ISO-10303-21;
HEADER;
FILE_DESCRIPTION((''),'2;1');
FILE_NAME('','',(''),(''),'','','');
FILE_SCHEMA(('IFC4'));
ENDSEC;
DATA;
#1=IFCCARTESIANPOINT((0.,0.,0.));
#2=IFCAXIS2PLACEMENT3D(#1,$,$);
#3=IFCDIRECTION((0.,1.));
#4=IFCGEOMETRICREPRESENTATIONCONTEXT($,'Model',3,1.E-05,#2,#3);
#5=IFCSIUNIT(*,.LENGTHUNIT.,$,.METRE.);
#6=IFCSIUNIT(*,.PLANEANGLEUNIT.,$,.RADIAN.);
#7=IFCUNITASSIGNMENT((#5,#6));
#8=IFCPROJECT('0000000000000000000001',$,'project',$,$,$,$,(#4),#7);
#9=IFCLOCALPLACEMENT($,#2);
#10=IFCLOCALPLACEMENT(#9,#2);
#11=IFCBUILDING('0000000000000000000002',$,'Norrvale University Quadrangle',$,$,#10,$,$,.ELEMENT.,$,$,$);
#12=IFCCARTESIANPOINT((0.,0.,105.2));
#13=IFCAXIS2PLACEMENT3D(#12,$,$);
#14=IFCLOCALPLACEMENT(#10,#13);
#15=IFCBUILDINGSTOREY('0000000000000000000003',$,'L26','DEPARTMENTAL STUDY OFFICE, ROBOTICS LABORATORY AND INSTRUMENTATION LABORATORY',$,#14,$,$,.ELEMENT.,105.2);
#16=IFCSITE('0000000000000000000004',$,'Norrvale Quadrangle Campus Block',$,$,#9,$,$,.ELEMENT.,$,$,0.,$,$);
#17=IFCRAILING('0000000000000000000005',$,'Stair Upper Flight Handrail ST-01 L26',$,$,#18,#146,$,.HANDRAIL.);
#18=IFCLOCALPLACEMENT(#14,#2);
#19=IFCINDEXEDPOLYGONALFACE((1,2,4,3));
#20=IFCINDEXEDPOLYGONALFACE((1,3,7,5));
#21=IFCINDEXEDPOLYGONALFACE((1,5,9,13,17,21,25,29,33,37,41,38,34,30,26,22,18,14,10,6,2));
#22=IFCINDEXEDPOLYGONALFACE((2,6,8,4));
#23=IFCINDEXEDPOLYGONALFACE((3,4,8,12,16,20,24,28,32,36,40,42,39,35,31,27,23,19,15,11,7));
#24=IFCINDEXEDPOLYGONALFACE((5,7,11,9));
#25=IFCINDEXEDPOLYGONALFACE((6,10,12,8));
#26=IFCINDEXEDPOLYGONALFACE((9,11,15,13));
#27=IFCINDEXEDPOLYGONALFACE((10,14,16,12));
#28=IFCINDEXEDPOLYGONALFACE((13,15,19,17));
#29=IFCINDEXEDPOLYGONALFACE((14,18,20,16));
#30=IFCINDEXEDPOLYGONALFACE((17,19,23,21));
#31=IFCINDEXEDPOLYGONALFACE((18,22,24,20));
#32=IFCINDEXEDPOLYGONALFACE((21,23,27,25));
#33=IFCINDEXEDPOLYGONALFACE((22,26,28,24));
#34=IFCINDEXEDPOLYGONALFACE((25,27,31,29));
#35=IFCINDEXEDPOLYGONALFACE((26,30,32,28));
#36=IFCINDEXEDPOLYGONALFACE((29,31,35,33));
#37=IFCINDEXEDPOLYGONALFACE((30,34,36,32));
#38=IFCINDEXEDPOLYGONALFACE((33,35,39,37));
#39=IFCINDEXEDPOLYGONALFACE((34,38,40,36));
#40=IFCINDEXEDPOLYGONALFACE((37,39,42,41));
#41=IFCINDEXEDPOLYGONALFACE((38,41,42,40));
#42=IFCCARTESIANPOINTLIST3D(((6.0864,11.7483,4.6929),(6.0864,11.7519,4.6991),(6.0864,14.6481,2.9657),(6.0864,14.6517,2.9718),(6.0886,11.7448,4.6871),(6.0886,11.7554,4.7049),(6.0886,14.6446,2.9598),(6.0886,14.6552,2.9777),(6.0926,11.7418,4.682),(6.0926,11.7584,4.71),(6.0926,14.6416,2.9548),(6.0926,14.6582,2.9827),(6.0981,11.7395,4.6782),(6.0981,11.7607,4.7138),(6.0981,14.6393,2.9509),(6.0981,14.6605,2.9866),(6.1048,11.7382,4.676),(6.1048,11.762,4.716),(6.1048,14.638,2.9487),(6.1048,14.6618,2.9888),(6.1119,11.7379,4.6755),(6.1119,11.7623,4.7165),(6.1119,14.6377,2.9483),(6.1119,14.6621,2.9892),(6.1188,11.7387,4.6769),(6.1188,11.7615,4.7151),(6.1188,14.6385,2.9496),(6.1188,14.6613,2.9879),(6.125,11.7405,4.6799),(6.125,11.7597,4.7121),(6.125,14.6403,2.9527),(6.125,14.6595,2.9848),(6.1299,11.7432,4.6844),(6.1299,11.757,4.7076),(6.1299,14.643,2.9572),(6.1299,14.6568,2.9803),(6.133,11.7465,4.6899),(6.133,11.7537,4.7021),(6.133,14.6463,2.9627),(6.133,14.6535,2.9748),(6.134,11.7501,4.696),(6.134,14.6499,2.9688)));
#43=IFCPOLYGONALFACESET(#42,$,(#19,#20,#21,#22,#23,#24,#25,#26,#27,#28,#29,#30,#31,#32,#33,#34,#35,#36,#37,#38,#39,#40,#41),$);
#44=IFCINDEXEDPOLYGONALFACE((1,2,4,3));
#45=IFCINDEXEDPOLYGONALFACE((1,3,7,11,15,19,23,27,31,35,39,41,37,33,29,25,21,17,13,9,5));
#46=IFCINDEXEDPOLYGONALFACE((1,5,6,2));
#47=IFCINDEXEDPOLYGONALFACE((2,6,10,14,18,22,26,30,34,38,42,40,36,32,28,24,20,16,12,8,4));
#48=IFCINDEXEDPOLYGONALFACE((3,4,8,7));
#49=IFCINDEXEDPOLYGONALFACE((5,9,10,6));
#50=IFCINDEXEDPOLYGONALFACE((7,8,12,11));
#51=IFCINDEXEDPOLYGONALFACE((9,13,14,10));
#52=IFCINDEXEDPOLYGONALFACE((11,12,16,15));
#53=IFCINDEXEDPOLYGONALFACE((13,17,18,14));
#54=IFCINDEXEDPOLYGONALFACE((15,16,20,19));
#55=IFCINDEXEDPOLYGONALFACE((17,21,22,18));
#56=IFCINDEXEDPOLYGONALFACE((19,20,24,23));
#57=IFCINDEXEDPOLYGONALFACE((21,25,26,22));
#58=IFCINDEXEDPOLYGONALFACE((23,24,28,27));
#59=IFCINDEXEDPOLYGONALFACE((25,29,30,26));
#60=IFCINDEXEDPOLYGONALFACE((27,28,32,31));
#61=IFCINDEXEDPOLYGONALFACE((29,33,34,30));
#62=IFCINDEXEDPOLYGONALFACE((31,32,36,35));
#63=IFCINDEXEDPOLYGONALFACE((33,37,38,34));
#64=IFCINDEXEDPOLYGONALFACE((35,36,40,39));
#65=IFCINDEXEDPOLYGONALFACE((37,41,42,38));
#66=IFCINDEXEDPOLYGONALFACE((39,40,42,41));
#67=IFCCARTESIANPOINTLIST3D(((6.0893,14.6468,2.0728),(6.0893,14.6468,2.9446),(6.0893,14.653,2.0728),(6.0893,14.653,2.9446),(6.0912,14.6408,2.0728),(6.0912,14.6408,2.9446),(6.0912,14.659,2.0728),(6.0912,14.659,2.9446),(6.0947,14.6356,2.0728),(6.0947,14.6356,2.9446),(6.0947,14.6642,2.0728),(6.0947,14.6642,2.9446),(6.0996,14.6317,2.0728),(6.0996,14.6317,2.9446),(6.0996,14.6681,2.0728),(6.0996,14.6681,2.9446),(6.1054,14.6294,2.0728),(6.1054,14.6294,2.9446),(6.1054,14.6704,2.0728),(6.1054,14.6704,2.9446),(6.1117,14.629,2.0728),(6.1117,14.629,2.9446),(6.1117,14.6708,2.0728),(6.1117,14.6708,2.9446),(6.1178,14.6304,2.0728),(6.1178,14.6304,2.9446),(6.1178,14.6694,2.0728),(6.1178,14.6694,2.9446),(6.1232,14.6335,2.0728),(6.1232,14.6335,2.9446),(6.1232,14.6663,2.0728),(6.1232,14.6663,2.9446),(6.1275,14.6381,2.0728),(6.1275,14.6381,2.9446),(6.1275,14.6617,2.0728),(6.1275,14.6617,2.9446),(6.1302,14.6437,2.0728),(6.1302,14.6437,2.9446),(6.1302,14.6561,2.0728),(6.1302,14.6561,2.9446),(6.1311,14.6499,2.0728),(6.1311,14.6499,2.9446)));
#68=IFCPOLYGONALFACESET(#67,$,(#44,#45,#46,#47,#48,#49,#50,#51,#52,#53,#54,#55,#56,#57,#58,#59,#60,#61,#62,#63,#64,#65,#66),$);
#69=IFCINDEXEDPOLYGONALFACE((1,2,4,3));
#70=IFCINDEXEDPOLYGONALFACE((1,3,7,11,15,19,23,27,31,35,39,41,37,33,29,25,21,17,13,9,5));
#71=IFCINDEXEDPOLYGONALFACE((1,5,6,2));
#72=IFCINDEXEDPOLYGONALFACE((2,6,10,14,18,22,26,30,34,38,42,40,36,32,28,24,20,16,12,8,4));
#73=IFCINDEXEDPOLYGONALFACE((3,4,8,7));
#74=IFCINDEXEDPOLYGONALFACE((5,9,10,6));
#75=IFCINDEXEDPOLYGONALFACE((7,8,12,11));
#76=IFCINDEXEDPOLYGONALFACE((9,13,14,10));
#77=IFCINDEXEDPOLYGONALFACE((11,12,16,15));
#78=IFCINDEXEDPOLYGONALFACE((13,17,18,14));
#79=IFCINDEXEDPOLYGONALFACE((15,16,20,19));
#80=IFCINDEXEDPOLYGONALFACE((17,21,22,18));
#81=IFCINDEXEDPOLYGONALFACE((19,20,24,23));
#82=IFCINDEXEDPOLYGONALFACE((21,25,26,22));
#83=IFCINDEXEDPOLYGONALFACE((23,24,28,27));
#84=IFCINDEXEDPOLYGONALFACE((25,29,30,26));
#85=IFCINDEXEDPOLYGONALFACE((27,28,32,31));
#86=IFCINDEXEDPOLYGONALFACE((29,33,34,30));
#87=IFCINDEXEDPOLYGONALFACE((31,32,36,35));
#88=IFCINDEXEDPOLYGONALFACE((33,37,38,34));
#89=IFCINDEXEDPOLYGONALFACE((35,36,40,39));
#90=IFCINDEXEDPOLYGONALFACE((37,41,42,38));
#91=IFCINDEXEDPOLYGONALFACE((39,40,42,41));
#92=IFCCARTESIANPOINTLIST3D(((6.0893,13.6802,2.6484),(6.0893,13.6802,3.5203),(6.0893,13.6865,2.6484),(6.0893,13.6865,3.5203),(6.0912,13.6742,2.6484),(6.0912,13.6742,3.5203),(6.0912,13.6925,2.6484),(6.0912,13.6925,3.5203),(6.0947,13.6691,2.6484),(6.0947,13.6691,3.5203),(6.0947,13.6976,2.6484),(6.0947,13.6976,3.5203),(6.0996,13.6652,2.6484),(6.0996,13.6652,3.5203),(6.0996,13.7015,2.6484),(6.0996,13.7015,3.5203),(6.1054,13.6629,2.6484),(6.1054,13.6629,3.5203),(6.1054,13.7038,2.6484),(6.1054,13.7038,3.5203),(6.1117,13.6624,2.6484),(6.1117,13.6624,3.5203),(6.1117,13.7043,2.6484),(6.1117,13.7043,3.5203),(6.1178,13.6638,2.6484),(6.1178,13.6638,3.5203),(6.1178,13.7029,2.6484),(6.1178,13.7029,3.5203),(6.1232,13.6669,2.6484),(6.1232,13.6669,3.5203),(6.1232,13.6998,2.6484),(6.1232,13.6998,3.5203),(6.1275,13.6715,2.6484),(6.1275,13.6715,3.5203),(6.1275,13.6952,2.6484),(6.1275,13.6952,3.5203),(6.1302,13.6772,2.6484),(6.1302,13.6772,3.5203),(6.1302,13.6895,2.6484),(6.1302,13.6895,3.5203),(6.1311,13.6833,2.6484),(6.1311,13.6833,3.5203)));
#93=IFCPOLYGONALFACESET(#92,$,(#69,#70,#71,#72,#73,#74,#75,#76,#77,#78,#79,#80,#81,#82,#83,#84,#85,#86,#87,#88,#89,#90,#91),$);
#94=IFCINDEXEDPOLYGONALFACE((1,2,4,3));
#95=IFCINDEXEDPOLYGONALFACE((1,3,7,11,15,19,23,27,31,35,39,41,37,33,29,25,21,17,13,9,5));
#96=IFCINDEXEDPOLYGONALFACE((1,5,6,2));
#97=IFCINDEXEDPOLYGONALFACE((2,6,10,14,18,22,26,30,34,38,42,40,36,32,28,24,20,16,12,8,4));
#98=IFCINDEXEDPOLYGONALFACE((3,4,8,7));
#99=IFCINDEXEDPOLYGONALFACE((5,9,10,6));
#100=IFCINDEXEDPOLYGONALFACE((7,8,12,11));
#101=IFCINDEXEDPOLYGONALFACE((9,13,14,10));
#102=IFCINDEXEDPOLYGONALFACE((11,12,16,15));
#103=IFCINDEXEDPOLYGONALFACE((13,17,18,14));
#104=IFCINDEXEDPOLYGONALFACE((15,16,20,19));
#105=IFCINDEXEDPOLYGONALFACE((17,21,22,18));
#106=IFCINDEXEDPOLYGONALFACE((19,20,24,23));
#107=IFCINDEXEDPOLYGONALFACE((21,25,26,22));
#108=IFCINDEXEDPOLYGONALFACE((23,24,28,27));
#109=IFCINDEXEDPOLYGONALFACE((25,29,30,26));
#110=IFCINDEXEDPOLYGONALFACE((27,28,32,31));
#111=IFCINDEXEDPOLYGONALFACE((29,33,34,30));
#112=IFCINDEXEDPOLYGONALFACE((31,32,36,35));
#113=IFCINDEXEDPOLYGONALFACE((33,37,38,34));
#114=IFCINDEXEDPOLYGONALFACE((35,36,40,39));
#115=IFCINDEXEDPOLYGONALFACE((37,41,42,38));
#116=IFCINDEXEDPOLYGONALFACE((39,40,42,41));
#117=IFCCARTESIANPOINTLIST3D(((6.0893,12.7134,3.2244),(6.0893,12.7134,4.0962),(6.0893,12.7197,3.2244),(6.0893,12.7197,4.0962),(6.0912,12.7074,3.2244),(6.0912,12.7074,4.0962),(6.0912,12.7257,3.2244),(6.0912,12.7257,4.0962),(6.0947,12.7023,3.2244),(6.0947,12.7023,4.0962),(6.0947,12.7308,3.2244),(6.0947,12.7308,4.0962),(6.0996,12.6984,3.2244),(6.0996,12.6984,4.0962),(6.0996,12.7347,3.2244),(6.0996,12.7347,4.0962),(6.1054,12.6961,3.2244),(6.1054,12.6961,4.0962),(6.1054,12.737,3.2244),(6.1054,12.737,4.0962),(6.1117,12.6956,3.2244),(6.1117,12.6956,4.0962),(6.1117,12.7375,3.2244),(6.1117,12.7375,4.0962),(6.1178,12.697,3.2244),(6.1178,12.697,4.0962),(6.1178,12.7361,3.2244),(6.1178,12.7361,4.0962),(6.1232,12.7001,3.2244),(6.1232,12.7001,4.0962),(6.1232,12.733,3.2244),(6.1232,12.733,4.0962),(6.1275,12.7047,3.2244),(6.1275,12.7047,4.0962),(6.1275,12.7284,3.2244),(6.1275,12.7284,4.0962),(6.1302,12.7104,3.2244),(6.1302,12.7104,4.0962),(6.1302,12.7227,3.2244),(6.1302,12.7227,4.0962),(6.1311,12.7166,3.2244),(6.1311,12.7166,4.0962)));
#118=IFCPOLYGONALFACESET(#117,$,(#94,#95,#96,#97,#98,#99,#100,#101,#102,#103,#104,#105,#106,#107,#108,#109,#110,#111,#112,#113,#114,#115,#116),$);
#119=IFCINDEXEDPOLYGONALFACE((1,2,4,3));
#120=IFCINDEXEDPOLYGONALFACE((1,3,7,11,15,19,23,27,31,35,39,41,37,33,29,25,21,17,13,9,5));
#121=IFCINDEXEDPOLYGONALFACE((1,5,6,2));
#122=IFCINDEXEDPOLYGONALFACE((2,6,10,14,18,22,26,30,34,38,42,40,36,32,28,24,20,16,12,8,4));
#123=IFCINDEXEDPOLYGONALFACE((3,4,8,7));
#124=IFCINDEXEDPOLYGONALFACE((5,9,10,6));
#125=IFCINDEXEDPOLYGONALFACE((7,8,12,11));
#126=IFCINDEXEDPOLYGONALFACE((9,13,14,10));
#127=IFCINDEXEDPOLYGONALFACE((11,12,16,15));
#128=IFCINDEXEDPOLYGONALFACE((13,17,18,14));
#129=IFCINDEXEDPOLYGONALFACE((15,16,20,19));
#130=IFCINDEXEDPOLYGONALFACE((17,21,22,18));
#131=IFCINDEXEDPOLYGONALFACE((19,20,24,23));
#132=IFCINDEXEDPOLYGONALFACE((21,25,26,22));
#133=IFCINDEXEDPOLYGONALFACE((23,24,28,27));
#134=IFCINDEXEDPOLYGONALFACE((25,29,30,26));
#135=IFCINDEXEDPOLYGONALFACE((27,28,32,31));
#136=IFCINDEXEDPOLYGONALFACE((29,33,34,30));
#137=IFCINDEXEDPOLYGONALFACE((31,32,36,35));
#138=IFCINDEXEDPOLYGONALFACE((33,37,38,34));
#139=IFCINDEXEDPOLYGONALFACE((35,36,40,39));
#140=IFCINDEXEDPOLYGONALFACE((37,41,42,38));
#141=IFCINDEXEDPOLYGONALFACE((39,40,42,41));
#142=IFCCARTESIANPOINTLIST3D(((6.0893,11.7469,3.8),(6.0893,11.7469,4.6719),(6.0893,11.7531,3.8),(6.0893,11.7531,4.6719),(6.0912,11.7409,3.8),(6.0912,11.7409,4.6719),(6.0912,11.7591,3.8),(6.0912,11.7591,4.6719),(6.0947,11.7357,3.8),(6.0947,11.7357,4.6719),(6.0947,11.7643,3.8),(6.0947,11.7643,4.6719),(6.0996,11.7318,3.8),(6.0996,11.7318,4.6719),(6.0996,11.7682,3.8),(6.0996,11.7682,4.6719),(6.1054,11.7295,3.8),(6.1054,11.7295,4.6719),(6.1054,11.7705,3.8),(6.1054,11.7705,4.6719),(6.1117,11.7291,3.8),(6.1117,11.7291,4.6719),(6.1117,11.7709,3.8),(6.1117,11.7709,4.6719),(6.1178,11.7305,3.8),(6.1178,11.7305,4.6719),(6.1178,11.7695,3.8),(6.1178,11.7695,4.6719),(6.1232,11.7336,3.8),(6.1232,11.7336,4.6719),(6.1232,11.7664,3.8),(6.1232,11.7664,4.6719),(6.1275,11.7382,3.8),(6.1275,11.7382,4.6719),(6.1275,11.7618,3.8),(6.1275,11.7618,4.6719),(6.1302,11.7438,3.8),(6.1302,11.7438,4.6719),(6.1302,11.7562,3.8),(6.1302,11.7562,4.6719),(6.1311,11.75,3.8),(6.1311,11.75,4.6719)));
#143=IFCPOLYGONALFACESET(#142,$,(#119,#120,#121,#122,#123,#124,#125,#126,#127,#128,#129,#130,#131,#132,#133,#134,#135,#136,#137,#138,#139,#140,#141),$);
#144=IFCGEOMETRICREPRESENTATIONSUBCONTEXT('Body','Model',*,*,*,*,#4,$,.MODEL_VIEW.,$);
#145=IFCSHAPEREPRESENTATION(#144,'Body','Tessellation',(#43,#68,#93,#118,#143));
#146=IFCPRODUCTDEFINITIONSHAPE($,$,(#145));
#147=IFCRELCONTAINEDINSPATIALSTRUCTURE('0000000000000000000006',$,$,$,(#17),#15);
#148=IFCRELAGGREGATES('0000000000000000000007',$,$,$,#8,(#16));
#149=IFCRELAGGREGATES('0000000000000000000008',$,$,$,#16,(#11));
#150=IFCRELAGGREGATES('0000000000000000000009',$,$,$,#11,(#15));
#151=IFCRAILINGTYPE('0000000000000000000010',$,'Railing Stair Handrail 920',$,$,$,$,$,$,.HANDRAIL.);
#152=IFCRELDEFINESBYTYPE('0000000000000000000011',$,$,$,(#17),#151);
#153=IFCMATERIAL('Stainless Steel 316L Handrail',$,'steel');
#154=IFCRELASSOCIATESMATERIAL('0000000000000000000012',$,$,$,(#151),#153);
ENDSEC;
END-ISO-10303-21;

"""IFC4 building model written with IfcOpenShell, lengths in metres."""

from ifc_helpers import new_model, si_unit, direction, frame, origin, origin_2d, place, context, subcontext, project, spatial, circle, extrude, material, type_object, element, save


model = new_model("IFC4")

# Units and contexts
model_context = context("Model", 3, precision=1e-05, world=origin(), true_north=direction((0.0, 1.0)))
body_context = subcontext(model_context, "Body", "Model", "MODEL_VIEW")
ifc_project = project(units=[si_unit("LENGTHUNIT", "METRE"), si_unit("PLANEANGLEUNIT", "RADIAN")], contexts=[model_context])

# Site, building, storey
site_placement = place(None, origin())
site = spatial("IfcSite", under=ifc_project, at=site_placement, Name="Norrvale Quadrangle Campus Block", CompositionType="ELEMENT", RefElevation=0.0)
building_placement = place(site_placement, origin())
building = spatial("IfcBuilding", under=site, at=building_placement, Name="Norrvale University Quadrangle", CompositionType="ELEMENT")
storey_placement = place(building_placement, frame((0.0, 0.0, 105.2)))
storey = spatial("IfcBuildingStorey", under=building, at=storey_placement, Name="L26", Description="DEPARTMENTAL STUDY OFFICE, ROBOTICS LABORATORY AND INSTRUMENTATION LABORATORY", CompositionType="ELEMENT", Elevation=105.2)

# Railing
ifc_material_1 = material(Name="Stainless Steel 316L Handrail", Category="steel")
railing_type_1 = type_object("IfcRailingType", Name="Railing Stair Handrail 920", PredefinedType="HANDRAIL", material=ifc_material_1)
railing_1_placement = place(storey_placement, frame((6.1101, 14.6499, 2.0728)))
element("IfcRailing", 1, at=railing_1_placement, inside=storey, type_object=railing_type_1, Name="Stair Upper Flight Handrail ST-01 L26", PredefinedType="HANDRAIL", context=body_context, shape_type="SweptSolid", body=[
    extrude(circle(Radius=0.0239, at=origin_2d()), frame((0.0, 0.0, 0.896), z_axis=(0.0, -0.859141, 0.511738), x_axis=(1.0, 0.0, 0.0)), (0.0, 0.0, 1.0), 3.3752),
    extrude(circle(Radius=0.021, at=origin_2d()), origin(), (0.0, 0.0, 1.0), 0.8718),
    extrude(circle(Radius=0.021, at=origin_2d()), frame((0.0, -0.9666, 0.5757)), (0.0, 0.0, 1.0), 0.8718),
    extrude(circle(Radius=0.021, at=origin_2d()), frame((0.0, -1.9333, 1.1516)), (0.0, 0.0, 1.0), 0.8718),
    extrude(circle(Radius=0.021, at=origin_2d()), frame((0.0, -2.8999, 1.7273)), (0.0, 0.0, 1.0), 0.8718),
])

save(model, "model.ifc")
